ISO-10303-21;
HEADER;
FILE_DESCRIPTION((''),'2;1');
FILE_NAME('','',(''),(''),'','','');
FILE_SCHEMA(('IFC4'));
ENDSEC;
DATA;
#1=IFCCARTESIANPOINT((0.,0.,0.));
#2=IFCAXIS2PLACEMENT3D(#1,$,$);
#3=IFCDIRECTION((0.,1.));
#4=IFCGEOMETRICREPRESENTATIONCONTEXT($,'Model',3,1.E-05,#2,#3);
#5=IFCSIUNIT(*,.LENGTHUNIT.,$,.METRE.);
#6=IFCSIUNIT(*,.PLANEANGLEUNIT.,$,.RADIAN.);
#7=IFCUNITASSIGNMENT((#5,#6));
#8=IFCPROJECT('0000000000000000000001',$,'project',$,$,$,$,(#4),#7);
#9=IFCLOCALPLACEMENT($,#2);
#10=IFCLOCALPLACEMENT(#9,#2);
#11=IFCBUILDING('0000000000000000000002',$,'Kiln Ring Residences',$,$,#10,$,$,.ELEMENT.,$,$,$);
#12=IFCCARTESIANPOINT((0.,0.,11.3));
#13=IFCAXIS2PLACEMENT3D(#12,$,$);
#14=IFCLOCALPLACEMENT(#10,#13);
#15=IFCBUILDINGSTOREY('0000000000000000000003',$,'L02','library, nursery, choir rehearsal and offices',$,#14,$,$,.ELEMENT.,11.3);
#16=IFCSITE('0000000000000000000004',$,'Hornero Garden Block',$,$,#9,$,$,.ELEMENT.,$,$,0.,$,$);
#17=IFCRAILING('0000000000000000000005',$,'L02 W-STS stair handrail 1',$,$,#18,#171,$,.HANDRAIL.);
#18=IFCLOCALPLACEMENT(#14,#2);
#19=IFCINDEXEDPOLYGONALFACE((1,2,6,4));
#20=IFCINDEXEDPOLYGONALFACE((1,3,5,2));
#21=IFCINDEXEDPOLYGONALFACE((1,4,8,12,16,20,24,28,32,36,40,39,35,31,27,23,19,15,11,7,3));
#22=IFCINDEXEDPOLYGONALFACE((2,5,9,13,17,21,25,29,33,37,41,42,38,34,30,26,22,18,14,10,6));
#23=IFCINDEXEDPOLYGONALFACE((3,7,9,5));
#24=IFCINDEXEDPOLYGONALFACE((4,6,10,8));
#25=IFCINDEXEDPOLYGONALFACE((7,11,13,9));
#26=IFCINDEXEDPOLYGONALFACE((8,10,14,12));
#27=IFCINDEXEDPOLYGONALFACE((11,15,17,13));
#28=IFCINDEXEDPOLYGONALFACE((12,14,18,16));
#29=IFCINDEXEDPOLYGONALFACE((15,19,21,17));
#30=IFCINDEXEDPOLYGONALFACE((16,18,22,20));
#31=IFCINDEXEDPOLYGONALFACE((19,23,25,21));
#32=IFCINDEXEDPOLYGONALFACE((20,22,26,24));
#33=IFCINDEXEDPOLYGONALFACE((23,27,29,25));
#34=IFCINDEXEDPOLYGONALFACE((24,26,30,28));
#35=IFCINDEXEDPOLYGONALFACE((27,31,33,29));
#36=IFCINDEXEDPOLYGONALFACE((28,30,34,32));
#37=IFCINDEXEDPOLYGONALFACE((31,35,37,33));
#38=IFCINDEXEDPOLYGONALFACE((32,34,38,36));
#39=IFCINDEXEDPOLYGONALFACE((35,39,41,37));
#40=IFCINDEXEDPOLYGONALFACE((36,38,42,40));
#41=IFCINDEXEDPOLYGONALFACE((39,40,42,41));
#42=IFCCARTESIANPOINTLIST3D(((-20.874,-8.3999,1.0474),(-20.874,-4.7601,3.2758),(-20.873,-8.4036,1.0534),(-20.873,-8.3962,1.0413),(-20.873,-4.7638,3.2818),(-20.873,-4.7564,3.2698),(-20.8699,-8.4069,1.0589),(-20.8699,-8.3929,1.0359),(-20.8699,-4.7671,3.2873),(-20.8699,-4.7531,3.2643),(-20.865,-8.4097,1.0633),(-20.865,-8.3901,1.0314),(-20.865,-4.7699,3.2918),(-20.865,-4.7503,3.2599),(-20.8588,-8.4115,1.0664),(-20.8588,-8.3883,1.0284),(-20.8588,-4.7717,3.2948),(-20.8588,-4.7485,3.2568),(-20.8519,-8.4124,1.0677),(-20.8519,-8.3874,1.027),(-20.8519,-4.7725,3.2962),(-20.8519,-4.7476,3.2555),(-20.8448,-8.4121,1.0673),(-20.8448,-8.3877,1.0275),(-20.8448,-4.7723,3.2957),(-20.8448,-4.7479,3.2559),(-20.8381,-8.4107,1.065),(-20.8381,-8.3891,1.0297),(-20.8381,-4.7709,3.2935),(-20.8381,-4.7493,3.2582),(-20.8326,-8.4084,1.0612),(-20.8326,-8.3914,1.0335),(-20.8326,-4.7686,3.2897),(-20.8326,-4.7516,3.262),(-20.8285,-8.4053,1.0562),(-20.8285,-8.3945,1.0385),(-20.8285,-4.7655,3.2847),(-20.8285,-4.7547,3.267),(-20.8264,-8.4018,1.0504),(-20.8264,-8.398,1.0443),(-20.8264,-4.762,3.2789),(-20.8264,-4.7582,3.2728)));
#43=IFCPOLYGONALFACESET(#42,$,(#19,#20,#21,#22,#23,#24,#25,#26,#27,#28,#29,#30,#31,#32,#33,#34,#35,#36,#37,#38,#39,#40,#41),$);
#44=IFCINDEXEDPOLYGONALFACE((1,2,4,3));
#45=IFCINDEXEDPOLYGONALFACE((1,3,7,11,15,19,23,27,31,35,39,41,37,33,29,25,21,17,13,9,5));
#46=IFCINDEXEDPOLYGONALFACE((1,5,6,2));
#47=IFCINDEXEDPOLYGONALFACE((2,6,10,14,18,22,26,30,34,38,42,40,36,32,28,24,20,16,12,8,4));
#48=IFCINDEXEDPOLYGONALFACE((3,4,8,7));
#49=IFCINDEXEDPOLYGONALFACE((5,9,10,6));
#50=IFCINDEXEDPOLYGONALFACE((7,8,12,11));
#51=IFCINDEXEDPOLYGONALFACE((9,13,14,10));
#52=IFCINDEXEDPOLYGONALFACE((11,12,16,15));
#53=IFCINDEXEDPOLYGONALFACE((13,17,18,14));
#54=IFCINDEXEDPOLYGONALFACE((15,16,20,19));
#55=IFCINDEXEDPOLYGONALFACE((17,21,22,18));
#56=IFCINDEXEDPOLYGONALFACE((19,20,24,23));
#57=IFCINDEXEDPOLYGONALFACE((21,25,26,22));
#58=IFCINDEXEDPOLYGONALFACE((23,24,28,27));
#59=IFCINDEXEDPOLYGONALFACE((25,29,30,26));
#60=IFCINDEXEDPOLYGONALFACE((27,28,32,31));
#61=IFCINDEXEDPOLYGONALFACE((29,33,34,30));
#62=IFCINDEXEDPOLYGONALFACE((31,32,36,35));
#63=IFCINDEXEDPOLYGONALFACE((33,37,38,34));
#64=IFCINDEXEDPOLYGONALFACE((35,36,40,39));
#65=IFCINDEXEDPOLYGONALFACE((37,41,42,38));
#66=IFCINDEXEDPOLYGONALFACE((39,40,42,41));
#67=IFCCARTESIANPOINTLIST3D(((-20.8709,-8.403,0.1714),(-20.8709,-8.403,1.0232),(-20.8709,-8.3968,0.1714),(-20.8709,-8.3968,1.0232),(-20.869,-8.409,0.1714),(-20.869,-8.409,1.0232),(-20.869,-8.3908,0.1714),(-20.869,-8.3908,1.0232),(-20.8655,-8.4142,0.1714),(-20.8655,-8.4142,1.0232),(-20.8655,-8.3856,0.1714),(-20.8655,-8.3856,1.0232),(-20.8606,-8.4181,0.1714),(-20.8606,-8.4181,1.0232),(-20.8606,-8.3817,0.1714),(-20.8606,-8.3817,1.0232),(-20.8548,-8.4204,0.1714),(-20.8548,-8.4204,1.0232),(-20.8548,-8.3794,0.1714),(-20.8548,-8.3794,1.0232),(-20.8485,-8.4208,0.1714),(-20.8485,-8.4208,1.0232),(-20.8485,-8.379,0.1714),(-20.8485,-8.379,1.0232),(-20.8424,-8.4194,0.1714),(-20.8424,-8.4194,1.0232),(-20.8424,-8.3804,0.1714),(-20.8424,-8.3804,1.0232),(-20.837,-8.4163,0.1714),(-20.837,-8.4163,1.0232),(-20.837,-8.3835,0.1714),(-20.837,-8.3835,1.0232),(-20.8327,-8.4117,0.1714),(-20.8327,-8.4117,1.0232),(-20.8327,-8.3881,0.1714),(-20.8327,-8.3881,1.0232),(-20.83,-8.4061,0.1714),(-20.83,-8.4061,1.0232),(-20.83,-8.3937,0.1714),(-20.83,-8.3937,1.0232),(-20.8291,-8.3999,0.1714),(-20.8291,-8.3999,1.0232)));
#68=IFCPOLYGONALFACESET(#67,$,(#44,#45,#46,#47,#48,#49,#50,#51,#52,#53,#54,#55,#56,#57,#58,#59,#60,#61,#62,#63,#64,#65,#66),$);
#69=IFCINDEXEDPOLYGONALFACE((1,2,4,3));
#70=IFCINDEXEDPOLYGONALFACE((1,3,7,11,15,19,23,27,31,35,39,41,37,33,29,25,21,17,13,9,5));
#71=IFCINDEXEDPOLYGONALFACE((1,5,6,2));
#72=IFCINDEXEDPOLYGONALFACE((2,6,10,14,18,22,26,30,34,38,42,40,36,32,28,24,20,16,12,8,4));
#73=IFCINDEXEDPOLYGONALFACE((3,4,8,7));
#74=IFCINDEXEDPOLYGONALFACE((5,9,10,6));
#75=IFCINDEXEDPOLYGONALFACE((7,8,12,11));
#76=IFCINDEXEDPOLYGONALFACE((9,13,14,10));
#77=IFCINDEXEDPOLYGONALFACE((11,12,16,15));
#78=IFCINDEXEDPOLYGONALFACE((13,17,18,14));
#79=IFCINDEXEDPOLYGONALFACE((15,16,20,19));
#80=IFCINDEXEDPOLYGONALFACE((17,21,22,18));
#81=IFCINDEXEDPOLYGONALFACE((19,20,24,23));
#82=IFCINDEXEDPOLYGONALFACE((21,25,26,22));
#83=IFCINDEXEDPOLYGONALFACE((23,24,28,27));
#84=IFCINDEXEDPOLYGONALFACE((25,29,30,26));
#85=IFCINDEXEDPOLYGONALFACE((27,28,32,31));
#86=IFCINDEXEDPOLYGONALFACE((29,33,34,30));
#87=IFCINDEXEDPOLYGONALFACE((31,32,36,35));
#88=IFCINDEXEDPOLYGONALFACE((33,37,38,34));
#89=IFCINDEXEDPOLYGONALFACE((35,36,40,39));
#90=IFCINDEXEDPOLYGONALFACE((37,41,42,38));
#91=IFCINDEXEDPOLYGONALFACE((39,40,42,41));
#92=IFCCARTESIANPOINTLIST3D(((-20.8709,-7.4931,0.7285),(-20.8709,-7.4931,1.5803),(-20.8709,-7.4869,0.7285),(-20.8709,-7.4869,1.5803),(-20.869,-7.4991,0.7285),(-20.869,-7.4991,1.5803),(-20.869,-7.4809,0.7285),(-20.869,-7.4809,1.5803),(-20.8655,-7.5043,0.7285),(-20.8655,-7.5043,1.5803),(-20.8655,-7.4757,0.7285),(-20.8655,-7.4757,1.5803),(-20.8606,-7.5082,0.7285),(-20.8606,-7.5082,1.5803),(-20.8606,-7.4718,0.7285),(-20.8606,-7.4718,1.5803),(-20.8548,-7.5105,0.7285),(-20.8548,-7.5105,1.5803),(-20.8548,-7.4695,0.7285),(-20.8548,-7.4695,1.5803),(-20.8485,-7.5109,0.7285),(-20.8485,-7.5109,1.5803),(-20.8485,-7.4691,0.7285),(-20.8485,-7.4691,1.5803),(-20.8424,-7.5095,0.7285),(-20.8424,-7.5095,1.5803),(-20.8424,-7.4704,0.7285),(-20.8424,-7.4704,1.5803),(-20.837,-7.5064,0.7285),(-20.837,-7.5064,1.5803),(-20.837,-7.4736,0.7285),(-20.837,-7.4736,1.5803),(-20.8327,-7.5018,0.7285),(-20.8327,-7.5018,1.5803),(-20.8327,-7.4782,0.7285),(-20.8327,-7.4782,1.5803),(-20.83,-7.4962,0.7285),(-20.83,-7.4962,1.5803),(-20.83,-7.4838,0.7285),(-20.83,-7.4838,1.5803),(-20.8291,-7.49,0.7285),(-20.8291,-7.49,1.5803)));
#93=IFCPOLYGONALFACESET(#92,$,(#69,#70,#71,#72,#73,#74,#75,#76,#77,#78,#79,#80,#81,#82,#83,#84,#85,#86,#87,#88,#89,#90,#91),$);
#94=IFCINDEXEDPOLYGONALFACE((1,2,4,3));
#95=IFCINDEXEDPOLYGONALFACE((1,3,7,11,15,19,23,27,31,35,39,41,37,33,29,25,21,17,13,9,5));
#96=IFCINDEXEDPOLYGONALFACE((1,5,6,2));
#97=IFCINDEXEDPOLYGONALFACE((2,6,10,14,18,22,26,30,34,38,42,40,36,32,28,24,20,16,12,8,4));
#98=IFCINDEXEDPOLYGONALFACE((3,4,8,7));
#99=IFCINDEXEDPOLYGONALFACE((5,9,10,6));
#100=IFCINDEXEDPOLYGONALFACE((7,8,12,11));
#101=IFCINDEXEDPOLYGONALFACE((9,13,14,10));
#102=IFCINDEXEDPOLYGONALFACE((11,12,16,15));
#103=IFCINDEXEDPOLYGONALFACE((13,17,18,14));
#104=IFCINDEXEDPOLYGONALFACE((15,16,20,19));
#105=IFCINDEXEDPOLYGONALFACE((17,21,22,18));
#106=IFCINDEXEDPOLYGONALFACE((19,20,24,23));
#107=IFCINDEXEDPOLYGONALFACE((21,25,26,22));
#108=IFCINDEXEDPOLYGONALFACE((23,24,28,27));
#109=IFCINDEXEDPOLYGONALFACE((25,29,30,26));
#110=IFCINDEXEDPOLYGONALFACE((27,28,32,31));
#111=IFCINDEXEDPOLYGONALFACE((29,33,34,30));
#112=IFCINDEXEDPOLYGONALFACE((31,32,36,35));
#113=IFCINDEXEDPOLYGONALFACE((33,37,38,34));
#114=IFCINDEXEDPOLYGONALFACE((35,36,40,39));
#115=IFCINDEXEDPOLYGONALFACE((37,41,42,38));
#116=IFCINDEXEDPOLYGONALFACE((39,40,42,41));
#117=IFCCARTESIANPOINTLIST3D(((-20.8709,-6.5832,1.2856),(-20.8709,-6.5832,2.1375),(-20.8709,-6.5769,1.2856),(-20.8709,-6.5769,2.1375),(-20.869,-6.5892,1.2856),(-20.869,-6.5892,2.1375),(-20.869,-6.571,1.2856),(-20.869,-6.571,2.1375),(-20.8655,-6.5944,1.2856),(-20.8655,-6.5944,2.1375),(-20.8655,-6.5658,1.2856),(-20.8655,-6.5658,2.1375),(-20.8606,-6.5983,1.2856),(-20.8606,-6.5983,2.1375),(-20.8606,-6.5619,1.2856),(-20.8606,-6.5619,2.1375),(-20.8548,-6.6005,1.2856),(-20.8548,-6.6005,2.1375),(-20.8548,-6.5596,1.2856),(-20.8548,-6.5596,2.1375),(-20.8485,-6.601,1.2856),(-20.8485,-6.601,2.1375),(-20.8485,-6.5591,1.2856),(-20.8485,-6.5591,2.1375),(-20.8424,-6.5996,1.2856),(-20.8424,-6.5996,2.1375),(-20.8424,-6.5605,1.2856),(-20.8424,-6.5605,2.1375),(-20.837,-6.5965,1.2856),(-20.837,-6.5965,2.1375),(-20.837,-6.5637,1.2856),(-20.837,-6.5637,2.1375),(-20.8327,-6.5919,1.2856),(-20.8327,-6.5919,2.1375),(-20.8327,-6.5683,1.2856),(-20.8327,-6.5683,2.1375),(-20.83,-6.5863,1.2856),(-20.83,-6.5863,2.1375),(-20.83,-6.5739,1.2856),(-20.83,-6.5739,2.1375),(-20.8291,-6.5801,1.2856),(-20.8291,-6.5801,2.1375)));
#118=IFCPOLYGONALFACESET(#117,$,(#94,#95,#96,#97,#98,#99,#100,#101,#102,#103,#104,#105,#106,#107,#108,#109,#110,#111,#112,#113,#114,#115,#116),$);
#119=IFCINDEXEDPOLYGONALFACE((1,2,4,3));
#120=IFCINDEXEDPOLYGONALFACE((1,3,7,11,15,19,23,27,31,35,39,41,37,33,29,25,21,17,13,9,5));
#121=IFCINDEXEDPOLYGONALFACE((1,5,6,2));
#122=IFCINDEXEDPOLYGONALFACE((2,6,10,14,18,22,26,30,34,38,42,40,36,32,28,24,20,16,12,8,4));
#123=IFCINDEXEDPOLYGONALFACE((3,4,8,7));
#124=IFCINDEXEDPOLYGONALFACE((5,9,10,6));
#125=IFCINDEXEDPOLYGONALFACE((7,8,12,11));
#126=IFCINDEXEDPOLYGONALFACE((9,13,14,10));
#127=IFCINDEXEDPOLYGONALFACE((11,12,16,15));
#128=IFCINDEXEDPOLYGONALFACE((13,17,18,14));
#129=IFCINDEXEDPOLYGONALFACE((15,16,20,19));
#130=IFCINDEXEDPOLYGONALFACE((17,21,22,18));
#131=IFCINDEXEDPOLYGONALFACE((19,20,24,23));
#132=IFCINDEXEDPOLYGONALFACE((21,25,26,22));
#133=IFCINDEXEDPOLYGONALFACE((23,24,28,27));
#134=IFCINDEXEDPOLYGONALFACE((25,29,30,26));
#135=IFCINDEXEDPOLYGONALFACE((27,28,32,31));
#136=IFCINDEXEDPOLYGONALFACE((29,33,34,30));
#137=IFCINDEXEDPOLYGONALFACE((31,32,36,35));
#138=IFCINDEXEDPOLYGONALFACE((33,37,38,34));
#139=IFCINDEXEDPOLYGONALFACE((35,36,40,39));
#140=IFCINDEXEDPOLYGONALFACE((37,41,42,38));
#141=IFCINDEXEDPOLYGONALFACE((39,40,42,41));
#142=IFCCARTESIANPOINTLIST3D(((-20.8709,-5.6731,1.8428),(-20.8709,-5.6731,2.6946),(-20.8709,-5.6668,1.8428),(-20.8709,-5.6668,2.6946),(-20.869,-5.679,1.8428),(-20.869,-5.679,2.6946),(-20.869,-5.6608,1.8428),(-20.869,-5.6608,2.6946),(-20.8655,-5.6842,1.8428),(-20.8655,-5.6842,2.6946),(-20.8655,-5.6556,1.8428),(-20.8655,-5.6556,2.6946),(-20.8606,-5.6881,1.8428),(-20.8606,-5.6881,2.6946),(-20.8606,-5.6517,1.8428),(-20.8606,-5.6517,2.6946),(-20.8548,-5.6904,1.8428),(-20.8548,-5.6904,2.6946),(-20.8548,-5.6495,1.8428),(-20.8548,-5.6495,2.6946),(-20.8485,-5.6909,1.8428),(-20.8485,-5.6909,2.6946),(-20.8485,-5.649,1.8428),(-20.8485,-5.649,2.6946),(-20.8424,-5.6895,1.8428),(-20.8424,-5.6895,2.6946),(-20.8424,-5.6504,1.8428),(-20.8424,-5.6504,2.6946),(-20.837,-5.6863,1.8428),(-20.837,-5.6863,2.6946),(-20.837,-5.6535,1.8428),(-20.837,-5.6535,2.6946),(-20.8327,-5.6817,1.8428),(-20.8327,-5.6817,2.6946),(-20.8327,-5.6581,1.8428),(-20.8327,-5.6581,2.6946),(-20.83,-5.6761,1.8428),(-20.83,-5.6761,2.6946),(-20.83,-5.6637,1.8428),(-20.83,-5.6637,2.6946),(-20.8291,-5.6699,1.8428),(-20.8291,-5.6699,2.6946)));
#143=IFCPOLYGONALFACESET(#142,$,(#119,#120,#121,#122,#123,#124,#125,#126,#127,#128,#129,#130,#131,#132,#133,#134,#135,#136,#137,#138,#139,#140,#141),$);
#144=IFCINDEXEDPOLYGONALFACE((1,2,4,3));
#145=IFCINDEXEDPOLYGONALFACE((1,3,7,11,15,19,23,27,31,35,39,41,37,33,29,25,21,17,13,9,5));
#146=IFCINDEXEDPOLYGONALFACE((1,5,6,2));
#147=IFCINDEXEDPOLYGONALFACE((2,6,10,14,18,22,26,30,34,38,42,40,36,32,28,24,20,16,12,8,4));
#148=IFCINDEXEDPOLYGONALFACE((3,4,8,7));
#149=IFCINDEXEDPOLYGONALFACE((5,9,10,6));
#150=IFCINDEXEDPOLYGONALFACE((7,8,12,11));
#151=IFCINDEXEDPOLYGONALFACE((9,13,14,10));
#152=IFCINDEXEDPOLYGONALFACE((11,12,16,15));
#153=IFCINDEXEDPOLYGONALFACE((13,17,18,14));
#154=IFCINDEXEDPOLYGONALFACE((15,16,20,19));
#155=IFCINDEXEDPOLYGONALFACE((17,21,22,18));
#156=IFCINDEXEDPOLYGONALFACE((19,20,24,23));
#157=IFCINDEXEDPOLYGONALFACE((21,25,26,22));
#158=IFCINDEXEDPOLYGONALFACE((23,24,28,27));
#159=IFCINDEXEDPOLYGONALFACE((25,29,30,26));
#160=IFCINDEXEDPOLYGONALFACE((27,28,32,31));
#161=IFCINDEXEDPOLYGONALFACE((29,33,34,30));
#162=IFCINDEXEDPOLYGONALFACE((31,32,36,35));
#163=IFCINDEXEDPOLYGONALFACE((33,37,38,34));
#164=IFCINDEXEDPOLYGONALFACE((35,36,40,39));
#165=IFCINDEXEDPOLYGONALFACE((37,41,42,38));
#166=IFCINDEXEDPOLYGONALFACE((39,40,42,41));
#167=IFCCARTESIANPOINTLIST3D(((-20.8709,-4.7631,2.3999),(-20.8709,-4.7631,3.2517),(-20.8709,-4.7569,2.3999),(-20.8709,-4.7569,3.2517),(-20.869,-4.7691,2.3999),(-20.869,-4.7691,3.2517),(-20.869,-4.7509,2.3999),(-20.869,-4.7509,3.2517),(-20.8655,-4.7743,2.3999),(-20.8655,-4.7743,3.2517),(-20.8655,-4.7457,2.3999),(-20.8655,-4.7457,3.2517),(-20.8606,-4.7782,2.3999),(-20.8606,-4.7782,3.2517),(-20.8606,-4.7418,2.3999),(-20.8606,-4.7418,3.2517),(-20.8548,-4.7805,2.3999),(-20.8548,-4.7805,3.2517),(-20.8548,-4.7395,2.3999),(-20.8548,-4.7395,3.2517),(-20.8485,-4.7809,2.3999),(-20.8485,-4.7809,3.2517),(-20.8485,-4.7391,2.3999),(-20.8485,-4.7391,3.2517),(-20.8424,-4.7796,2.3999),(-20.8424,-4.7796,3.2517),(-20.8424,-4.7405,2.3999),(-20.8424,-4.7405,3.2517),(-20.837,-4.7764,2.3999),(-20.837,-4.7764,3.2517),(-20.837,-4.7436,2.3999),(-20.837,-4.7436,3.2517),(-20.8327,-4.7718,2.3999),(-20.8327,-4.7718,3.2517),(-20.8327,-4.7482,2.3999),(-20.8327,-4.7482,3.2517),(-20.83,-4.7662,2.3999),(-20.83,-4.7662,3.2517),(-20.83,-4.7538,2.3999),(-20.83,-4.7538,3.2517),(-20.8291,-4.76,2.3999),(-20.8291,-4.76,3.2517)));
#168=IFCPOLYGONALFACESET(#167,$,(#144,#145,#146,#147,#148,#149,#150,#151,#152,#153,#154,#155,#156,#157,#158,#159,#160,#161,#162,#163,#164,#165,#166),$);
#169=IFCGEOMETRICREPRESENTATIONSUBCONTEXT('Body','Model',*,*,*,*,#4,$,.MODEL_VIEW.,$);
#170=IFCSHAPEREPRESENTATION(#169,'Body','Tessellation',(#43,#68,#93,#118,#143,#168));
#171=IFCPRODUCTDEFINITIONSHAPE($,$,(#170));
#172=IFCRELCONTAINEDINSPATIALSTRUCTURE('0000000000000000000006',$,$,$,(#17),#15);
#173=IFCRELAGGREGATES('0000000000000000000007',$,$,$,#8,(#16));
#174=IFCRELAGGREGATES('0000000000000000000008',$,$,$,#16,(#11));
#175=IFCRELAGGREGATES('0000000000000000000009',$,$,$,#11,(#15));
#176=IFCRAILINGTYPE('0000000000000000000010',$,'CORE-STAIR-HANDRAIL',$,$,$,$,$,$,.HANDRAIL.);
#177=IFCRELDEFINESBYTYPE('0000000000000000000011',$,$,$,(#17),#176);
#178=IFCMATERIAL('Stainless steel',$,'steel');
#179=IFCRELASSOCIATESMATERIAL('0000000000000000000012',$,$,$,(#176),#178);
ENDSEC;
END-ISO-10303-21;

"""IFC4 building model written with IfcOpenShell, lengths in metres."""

from ifc_helpers import new_model, si_unit, direction, frame, origin, origin_2d, place, context, subcontext, project, spatial, circle, extrude, material, type_object, element, save


model = new_model("IFC4")

# Units and contexts
model_context = context("Model", 3, precision=1e-05, world=origin(), true_north=direction((0.0, 1.0)))
body_context = subcontext(model_context, "Body", "Model", "MODEL_VIEW")
ifc_project = project(units=[si_unit("LENGTHUNIT", "METRE"), si_unit("PLANEANGLEUNIT", "RADIAN")], contexts=[model_context])

# Site, building, storey
site_placement = place(None, origin())
site = spatial("IfcSite", under=ifc_project, at=site_placement, Name="Hornero Garden Block", CompositionType="ELEMENT", RefElevation=0.0)
building_placement = place(site_placement, origin())
building = spatial("IfcBuilding", under=site, at=building_placement, Name="Kiln Ring Residences", CompositionType="ELEMENT")
storey_placement = place(building_placement, frame((0.0, 0.0, 11.3)))
storey = spatial("IfcBuildingStorey", under=building, at=storey_placement, Name="L02", Description="library, nursery, choir rehearsal and offices", CompositionType="ELEMENT", Elevation=11.3)

# Railing
ifc_material_1 = material(Name="Stainless steel", Category="steel")
railing_type_1 = type_object("IfcRailingType", Name="CORE-STAIR-HANDRAIL", PredefinedType="HANDRAIL", material=ifc_material_1)
railing_1_placement = place(storey_placement, frame((-20.8501, -8.3999, 0.1714)))
element("IfcRailing", 1, at=railing_1_placement, inside=storey, type_object=railing_type_1, Name="L02 W-STS stair handrail 1", PredefinedType="HANDRAIL", context=body_context, shape_type="SweptSolid", body=[
    extrude(circle(Radius=0.0239, at=origin_2d()), frame((0.0, 0.0, 0.876), z_axis=(0.0, 0.85285, 0.522156), x_axis=(-1.0, 0.0, 0.0)), (0.0, 0.0, 1.0), 4.2678),
    extrude(circle(Radius=0.021, at=origin_2d()), origin(), (0.0, 0.0, 1.0), 0.8518),
    extrude(circle(Radius=0.021, at=origin_2d()), frame((0.0, 0.9099, 0.5571)), (0.0, 0.0, 1.0), 0.8518),
    extrude(circle(Radius=0.021, at=origin_2d()), frame((0.0, 1.8198, 1.1143)), (0.0, 0.0, 1.0), 0.8518),
    extrude(circle(Radius=0.021, at=origin_2d()), frame((0.0, 2.73, 1.6714)), (0.0, 0.0, 1.0), 0.8518),
    extrude(circle(Radius=0.021, at=origin_2d()), frame((0.0, 3.6399, 2.2285)), (0.0, 0.0, 1.0), 0.8518),
])

save(model, "model.ifc")
